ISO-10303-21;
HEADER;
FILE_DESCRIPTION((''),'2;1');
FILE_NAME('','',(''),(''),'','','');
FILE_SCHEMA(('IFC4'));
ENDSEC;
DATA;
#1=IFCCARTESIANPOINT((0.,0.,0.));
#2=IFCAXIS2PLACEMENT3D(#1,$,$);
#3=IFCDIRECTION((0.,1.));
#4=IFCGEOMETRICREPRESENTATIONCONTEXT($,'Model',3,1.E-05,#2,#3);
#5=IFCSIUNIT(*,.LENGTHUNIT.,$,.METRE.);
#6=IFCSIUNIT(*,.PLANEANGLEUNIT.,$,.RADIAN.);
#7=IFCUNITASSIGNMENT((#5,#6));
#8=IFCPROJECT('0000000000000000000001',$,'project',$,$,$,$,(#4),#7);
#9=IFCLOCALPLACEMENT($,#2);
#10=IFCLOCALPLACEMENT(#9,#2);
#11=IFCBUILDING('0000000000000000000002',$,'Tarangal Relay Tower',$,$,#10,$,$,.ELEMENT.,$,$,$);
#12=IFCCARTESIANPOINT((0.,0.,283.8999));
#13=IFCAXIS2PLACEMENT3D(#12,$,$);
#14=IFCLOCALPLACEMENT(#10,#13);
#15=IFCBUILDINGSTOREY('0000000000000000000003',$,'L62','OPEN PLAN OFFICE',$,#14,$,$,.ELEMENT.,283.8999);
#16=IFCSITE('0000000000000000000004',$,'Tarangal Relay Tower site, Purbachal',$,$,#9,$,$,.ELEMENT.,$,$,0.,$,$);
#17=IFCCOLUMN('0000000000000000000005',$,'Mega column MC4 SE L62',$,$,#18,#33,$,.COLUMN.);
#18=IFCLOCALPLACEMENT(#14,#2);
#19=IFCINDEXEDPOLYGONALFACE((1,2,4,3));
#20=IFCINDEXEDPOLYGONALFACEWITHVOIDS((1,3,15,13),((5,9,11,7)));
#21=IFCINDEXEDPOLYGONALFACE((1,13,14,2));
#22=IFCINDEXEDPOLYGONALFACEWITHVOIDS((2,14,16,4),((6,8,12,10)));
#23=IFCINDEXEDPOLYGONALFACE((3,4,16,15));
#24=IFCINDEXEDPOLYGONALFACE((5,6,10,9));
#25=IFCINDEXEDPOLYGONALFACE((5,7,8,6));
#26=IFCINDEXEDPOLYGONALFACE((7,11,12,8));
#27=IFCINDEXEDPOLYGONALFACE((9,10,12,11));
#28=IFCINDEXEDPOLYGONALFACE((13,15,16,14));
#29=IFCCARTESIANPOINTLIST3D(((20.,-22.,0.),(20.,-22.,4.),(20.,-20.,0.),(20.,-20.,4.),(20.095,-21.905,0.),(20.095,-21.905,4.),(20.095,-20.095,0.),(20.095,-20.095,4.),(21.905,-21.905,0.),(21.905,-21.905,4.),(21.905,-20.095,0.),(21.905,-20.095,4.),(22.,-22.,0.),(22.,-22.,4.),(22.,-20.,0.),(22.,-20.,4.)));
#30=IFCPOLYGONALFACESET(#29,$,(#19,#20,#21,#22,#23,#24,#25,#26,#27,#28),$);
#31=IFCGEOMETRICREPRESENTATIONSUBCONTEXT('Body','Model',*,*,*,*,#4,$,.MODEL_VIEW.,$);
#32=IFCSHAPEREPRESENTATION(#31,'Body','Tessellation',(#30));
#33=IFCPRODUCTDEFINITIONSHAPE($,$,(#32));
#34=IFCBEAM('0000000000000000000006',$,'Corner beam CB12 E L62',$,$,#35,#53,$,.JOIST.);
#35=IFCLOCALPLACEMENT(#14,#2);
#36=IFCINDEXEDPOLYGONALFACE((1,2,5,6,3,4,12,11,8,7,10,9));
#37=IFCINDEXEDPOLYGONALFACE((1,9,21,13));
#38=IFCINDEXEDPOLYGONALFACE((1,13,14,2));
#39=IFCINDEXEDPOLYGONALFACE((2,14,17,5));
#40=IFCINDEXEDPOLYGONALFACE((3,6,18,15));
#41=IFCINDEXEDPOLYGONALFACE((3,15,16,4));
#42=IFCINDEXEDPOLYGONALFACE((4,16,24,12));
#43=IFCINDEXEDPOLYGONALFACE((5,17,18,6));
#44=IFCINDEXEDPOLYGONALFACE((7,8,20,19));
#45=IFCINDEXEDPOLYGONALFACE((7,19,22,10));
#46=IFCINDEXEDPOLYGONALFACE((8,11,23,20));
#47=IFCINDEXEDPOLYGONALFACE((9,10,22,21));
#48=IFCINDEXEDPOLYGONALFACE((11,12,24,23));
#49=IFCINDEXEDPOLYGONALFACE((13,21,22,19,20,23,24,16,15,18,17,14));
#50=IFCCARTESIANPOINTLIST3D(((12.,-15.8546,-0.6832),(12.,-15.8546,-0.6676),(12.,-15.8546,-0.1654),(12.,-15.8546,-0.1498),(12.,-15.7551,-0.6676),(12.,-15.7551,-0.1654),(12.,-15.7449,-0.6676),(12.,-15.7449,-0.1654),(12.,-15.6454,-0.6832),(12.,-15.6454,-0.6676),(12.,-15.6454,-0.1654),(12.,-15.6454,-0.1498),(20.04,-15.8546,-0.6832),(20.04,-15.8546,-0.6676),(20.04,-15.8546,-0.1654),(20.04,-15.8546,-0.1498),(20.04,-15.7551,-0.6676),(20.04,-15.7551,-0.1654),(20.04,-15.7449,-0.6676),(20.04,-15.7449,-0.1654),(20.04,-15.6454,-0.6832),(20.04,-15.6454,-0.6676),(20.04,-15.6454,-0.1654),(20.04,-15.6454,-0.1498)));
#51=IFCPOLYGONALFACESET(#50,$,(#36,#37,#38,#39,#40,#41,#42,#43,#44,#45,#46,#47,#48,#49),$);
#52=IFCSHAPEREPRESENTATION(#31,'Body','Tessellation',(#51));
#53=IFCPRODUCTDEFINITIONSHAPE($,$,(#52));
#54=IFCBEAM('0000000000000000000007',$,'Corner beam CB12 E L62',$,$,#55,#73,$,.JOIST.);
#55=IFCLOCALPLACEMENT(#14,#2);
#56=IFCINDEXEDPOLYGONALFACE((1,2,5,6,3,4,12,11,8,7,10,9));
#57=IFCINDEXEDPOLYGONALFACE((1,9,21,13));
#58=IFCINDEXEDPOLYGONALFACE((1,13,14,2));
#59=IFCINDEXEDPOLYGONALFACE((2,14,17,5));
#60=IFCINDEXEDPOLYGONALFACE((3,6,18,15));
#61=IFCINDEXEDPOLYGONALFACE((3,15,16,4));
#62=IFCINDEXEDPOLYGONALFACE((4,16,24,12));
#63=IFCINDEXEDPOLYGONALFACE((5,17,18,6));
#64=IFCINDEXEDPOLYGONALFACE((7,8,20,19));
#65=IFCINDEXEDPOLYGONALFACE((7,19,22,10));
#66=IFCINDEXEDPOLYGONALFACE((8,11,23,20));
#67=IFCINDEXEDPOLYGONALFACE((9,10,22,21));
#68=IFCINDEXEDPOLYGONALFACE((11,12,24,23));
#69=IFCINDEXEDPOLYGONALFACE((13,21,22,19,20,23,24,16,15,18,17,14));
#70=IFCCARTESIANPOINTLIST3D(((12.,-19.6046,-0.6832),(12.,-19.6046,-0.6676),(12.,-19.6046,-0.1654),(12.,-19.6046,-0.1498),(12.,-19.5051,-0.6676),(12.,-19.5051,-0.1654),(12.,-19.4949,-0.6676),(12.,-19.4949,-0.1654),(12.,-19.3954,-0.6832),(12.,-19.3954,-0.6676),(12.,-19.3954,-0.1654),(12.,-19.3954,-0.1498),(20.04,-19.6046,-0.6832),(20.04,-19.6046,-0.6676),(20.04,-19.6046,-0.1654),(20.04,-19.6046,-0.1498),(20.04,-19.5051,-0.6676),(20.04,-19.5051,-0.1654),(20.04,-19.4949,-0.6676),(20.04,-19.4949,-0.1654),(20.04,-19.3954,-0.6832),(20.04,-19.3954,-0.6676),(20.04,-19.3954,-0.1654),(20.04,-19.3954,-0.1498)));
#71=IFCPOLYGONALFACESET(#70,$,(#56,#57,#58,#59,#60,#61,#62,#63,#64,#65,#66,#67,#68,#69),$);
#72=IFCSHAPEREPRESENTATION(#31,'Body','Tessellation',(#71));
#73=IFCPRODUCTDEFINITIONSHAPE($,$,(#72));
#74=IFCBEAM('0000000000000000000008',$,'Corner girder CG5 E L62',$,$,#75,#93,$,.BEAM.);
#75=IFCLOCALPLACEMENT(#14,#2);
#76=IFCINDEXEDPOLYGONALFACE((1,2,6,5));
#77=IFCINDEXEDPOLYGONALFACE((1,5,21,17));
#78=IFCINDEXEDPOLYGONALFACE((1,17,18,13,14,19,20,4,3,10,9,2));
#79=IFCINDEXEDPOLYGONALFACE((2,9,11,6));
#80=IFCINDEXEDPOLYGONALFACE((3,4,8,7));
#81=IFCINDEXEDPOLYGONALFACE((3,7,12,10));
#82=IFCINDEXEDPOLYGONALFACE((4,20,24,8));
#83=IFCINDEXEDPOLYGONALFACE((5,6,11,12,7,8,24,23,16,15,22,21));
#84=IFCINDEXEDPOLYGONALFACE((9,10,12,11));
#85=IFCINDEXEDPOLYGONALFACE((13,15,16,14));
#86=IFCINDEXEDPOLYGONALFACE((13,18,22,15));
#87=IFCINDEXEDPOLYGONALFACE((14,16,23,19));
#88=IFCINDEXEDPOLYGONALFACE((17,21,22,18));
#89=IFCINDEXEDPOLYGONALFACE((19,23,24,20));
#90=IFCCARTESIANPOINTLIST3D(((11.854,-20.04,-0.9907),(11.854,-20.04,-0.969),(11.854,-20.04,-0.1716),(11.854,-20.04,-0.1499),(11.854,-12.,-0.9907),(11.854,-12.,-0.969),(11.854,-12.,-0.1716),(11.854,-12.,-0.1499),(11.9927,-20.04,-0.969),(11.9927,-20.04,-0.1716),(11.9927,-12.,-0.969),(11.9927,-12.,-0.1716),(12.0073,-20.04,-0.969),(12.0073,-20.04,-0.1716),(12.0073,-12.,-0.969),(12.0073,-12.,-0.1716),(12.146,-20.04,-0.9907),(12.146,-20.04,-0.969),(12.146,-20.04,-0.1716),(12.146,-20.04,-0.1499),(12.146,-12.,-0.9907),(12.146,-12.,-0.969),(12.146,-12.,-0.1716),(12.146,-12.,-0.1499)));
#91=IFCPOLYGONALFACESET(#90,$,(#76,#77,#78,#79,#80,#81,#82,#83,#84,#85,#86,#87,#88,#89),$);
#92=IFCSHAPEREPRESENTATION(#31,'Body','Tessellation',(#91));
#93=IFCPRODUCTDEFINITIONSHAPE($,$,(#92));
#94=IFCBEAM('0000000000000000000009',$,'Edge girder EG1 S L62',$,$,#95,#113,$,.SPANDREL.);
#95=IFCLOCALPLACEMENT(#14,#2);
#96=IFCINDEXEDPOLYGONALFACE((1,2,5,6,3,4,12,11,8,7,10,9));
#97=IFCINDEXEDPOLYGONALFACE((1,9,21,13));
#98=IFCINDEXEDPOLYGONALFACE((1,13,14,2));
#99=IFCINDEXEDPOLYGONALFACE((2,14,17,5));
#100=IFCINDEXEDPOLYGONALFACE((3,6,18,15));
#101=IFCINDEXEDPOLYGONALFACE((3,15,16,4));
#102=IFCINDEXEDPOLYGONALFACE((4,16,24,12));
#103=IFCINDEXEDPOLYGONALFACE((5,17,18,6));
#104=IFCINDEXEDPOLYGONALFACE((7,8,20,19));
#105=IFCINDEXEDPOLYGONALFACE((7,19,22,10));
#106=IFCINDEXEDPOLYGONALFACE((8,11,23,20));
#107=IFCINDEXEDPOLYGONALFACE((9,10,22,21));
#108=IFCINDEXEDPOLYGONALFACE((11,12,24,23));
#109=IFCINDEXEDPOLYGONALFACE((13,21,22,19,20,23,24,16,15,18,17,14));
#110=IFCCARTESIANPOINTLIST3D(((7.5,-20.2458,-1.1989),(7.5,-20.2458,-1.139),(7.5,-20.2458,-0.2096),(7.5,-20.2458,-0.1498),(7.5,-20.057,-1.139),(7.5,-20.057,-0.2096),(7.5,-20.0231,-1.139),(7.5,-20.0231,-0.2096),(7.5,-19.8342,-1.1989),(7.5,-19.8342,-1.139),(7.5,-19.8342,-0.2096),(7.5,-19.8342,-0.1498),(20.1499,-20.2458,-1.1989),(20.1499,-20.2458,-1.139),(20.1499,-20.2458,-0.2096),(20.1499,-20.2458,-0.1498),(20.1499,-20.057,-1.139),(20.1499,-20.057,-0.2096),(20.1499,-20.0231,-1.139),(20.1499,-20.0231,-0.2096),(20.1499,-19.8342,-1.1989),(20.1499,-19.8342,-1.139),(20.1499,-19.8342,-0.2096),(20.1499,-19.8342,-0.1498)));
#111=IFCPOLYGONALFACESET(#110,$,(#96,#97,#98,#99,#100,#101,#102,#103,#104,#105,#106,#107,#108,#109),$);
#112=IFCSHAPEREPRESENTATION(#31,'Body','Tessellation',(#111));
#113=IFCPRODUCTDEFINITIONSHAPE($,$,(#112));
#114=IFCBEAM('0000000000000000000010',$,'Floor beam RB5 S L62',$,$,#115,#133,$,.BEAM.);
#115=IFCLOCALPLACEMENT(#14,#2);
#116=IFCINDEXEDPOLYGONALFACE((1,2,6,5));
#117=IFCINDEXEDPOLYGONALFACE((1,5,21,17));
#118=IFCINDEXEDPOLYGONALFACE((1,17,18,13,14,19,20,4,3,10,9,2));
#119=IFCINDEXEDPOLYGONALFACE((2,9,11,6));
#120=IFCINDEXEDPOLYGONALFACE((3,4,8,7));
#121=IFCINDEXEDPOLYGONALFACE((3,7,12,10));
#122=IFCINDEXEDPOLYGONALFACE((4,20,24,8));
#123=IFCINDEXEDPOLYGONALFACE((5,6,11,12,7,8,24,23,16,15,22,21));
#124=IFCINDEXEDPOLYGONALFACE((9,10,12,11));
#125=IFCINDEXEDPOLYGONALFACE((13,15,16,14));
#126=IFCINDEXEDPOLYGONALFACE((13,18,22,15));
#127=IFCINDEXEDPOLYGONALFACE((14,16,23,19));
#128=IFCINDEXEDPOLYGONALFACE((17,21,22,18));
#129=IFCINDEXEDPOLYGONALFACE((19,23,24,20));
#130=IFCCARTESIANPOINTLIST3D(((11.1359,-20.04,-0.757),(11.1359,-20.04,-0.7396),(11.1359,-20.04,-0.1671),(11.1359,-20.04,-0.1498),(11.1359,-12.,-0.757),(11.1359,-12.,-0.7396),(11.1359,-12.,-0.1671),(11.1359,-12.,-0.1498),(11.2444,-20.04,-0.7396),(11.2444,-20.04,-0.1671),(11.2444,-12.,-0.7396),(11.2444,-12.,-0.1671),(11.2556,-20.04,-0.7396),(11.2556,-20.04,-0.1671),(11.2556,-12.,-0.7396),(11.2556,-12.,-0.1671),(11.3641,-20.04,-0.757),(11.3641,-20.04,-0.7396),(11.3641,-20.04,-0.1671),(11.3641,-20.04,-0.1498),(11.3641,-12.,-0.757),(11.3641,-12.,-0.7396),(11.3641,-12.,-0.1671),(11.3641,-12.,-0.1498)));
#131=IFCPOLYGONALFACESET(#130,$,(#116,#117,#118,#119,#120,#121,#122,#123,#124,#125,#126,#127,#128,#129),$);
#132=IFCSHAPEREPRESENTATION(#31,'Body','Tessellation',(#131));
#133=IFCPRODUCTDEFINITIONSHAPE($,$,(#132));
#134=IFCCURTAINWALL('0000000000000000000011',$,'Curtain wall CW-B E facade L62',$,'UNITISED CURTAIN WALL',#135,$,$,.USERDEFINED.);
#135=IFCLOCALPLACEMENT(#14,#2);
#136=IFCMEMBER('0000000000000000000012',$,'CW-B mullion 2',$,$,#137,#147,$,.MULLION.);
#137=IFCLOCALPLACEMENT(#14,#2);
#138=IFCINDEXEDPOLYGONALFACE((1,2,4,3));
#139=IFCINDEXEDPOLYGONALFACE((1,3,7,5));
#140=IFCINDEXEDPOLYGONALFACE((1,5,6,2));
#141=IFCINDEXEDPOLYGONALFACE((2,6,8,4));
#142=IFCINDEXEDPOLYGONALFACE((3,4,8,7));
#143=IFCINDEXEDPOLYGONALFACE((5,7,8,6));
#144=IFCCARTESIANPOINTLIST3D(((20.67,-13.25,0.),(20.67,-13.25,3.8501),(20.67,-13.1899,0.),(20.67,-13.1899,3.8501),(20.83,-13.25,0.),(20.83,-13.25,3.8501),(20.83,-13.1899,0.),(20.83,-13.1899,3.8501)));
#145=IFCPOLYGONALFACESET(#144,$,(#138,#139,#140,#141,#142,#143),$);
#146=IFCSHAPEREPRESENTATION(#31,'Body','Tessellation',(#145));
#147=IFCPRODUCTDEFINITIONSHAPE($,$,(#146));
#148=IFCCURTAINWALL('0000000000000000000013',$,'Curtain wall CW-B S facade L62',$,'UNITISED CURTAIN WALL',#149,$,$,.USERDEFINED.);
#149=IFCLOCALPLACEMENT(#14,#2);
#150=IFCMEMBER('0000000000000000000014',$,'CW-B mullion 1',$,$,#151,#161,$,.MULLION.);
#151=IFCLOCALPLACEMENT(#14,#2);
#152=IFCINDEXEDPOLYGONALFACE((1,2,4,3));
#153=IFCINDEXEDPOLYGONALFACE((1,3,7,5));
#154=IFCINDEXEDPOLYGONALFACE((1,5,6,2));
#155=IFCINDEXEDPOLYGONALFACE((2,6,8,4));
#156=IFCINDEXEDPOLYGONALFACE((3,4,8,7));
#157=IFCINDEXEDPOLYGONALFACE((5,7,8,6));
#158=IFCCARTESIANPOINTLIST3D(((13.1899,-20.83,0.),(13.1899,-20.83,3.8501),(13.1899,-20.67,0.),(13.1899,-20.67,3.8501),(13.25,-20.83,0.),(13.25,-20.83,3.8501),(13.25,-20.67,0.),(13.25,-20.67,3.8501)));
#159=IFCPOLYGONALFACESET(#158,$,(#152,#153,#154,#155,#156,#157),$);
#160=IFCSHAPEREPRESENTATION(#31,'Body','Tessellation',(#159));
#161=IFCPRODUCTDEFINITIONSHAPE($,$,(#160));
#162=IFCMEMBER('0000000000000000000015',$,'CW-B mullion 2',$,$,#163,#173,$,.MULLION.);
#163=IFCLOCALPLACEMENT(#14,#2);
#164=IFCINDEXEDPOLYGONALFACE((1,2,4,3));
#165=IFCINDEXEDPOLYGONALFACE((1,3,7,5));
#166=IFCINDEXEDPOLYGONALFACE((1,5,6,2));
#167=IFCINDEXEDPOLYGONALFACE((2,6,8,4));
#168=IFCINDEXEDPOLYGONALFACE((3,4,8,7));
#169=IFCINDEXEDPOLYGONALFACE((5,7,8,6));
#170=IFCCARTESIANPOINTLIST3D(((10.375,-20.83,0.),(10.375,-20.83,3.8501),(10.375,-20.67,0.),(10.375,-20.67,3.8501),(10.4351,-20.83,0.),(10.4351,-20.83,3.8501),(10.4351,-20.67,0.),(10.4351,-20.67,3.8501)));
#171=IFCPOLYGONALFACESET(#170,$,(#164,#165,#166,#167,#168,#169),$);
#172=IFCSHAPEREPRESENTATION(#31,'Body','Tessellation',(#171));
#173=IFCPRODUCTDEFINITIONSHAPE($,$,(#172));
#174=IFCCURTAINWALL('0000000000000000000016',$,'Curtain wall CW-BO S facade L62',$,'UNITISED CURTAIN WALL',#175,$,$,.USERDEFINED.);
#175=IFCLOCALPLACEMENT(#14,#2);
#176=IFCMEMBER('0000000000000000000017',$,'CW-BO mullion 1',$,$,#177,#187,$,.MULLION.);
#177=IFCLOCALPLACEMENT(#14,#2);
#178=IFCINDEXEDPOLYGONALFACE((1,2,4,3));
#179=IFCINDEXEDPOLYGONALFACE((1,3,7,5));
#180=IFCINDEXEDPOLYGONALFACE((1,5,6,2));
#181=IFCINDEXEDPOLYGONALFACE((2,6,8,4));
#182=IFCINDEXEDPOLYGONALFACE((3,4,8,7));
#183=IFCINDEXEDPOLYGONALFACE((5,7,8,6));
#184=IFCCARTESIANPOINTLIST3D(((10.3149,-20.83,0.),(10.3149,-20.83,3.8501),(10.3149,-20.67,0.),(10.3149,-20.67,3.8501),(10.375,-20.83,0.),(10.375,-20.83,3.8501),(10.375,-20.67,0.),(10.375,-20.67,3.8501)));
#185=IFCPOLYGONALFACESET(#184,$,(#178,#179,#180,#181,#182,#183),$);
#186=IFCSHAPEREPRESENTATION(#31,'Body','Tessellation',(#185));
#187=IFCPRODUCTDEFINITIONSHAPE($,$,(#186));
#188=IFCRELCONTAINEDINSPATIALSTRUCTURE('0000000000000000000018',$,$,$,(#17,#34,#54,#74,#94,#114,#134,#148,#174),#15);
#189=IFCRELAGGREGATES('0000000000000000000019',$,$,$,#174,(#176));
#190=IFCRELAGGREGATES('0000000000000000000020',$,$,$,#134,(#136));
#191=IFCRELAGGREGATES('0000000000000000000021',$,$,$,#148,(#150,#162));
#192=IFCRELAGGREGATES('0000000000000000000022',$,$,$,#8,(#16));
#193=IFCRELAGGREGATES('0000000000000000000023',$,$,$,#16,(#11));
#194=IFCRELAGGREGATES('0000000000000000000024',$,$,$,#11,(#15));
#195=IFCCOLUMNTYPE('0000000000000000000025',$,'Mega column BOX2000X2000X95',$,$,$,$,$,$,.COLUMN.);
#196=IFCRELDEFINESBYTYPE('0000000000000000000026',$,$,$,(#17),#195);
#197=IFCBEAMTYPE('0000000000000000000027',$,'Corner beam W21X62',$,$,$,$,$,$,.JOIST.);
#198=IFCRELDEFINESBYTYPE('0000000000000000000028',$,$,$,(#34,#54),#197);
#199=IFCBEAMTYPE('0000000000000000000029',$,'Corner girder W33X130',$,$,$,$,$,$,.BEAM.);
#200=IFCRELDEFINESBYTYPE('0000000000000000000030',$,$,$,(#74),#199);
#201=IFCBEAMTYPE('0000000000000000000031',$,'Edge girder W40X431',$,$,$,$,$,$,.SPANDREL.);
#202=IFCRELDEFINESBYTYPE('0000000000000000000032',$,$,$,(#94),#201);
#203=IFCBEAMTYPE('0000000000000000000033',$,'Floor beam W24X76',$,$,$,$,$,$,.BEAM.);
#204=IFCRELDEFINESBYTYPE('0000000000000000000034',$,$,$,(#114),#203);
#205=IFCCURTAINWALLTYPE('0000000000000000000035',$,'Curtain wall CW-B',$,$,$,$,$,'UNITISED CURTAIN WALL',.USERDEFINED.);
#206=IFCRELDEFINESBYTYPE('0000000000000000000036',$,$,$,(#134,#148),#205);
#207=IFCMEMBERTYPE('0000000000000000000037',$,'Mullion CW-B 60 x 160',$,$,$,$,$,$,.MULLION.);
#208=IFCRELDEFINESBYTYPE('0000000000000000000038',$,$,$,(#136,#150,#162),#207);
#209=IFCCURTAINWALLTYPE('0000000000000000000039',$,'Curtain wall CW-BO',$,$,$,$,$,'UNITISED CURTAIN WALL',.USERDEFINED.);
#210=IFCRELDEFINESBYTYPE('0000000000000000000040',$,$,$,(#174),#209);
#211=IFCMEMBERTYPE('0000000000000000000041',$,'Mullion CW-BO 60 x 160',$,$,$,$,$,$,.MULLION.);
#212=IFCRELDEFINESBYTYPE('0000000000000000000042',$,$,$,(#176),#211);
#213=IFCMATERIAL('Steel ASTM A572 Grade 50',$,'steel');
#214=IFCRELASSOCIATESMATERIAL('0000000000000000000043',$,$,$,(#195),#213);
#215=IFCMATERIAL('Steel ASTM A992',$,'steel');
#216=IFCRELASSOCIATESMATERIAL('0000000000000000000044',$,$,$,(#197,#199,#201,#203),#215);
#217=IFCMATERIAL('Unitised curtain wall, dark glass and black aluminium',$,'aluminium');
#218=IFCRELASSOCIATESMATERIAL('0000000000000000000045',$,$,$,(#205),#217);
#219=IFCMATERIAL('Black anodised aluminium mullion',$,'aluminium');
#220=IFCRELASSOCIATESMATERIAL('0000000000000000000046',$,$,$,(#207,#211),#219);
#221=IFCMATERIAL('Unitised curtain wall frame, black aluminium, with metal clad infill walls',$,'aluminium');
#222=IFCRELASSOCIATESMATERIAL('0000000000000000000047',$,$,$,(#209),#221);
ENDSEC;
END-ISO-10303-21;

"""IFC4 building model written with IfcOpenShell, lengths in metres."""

from ifc_helpers import new_model, si_unit, direction, frame, origin, origin_2d, place, context, subcontext, project, spatial, rectangle, hollow_rectangle, i_section, extrude, material, material_profile, profile_set, type_object, element, aggregate, save


model = new_model("IFC4")

# Units and contexts
model_context = context("Model", 3, precision=1e-05, world=origin(), true_north=direction((0.0, 1.0)))
body_context = subcontext(model_context, "Body", "Model", "MODEL_VIEW")
ifc_project = project(units=[si_unit("LENGTHUNIT", "METRE"), si_unit("PLANEANGLEUNIT", "RADIAN")], contexts=[model_context])

# Site, building, storey
site_placement = place(None, origin())
site = spatial("IfcSite", under=ifc_project, at=site_placement, Name="Tarangal Relay Tower site, Purbachal", CompositionType="ELEMENT", RefElevation=0.0)
building_placement = place(site_placement, origin())
building = spatial("IfcBuilding", under=site, at=building_placement, Name="Tarangal Relay Tower", CompositionType="ELEMENT")
storey_placement = place(building_placement, frame((0.0, 0.0, 283.8999)))
storey = spatial("IfcBuildingStorey", under=building, at=storey_placement, Name="L62", Description="OPEN PLAN OFFICE", CompositionType="ELEMENT", Elevation=283.8999)

# Column
ifc_material_1 = material(Name="Steel ASTM A572 Grade 50", Category="steel")
ifc_material_profile_1 = material_profile(ifc_material_1, hollow_rectangle(XDim=2.0, YDim=2.0, WallThickness=0.095, at=origin_2d()), Name="BOX2000X2000X95")
ifc_profile_set_1 = profile_set([ifc_material_profile_1], Name="Steel ASTM A572 Grade 50")
column_type = type_object("IfcColumnType", Name="Mega column BOX2000X2000X95", PredefinedType="COLUMN", material=ifc_profile_set_1)
column_placement = place(storey_placement, frame((21.0, -21.0, 0.0), z_axis=(0.0, 0.0, 1.0), x_axis=(1.0, 0.0, 0.0)))
element("IfcColumn", 1, at=column_placement, inside=storey, type_object=column_type, Name="Mega column MC4 SE L62", PredefinedType="COLUMN", context=body_context, shape_type="SweptSolid", body=[
    extrude(hollow_rectangle(XDim=2.0, YDim=2.0, WallThickness=0.095, at=origin_2d()), origin(), (0.0, 0.0, 1.0), 4.0),
])

# Beams
ifc_material_2 = material(Name="Steel ASTM A992", Category="steel")
ifc_material_profile_2 = material_profile(ifc_material_2, i_section(OverallWidth=0.2092, OverallDepth=0.5334, WebThickness=0.0103, FlangeThickness=0.0156, at=origin_2d()), Name="W21X62")
ifc_profile_set_2 = profile_set([ifc_material_profile_2], Name="Steel ASTM A992")
beam_type_1 = type_object("IfcBeamType", Name="Corner beam W21X62", PredefinedType="JOIST", material=ifc_profile_set_2)
for number, where, z_axis, x_axis, name in (
    (2, (12.0, -15.75, -0.4165), (1.0, 0.0, 0.0), (0.0, 1.0, 0.0), "Corner beam CB12 E L62"),
    (3, (12.0, -19.5, -0.4165), (1.0, 0.0, 0.0), (0.0, 1.0, 0.0), "Corner beam CB12 E L62"),
):
    element("IfcBeam", number, at=place(storey_placement, frame(where, z_axis=z_axis, x_axis=x_axis)), inside=storey, type_object=beam_type_1, Name=name, PredefinedType="JOIST", context=body_context, shape_type="SweptSolid", body=[
        extrude(i_section(OverallWidth=0.2092, OverallDepth=0.5334, WebThickness=0.0103, FlangeThickness=0.0156, at=origin_2d()), origin(), (0.0, 0.0, 1.0), 8.04),
    ])
ifc_material_profile_3 = material_profile(ifc_material_2, i_section(OverallWidth=0.292, OverallDepth=0.8408, WebThickness=0.0146, FlangeThickness=0.0217, at=origin_2d()), Name="W33X130")
ifc_profile_set_3 = profile_set([ifc_material_profile_3], Name="Steel ASTM A992")
beam_type_2 = type_object("IfcBeamType", Name="Corner girder W33X130", PredefinedType="BEAM", material=ifc_profile_set_3)
beam_1_placement = place(storey_placement, frame((12.0, -12.0, -0.5703), z_axis=(0.0, -1.0, 0.0), x_axis=(1.0, 0.0, 0.0)))
element("IfcBeam", 4, at=beam_1_placement, inside=storey, type_object=beam_type_2, Name="Corner girder CG5 E L62", PredefinedType="BEAM", context=body_context, shape_type="SweptSolid", body=[
    extrude(i_section(OverallWidth=0.292, OverallDepth=0.8408, WebThickness=0.0146, FlangeThickness=0.0217, at=origin_2d()), origin(), (0.0, 0.0, 1.0), 8.04),
])
ifc_material_profile_4 = material_profile(ifc_material_2, i_section(OverallWidth=0.4116, OverallDepth=1.0491, WebThickness=0.0339, FlangeThickness=0.0598, at=origin_2d()), Name="W40X431")
ifc_profile_set_4 = profile_set([ifc_material_profile_4], Name="Steel ASTM A992")
beam_type_3 = type_object("IfcBeamType", Name="Edge girder W40X431", PredefinedType="SPANDREL", material=ifc_profile_set_4)
beam_2_placement = place(storey_placement, frame((20.1499, -20.04, -0.6743), z_axis=(-1.0, 0.0, 0.0), x_axis=(0.0, -1.0, 0.0)))
element("IfcBeam", 5, at=beam_2_placement, inside=storey, type_object=beam_type_3, Name="Edge girder EG1 S L62", PredefinedType="SPANDREL", context=body_context, shape_type="SweptSolid", body=[
    extrude(i_section(OverallWidth=0.4116, OverallDepth=1.0491, WebThickness=0.0339, FlangeThickness=0.0598, at=origin_2d()), origin(), (0.0, 0.0, 1.0), 12.6499),
])
ifc_material_profile_5 = material_profile(ifc_material_2, i_section(OverallWidth=0.2283, OverallDepth=0.6072, WebThickness=0.0112, FlangeThickness=0.0173, at=origin_2d()), Name="W24X76")
ifc_profile_set_5 = profile_set([ifc_material_profile_5], Name="Steel ASTM A992")
beam_type_4 = type_object("IfcBeamType", Name="Floor beam W24X76", PredefinedType="BEAM", material=ifc_profile_set_5)
beam_3_placement = place(storey_placement, frame((11.25, -12.0, -0.4534), z_axis=(0.0, -1.0, 0.0), x_axis=(1.0, 0.0, 0.0)))
element("IfcBeam", 6, at=beam_3_placement, inside=storey, type_object=beam_type_4, Name="Floor beam RB5 S L62", PredefinedType="BEAM", context=body_context, shape_type="SweptSolid", body=[
    extrude(i_section(OverallWidth=0.2283, OverallDepth=0.6072, WebThickness=0.0112, FlangeThickness=0.0173, at=origin_2d()), origin(), (0.0, 0.0, 1.0), 8.04),
])

# Curtain wall, member
ifc_material_3 = material(Name="Unitised curtain wall, dark glass and black aluminium", Category="aluminium")
curtain_wall_type_1 = type_object("IfcCurtainWallType", Name="Curtain wall CW-B", ElementType="UNITISED CURTAIN WALL", PredefinedType="USERDEFINED", material=ifc_material_3)
curtain_wall_1_placement = place(storey_placement, origin())
curtain_wall_1 = element("IfcCurtainWall", 7, at=curtain_wall_1_placement, inside=storey, type_object=curtain_wall_type_1, Name="Curtain wall CW-B E facade L62", ObjectType="UNITISED CURTAIN WALL", PredefinedType="USERDEFINED")
ifc_material_4 = material(Name="Black anodised aluminium mullion", Category="aluminium")
ifc_material_profile_6 = material_profile(ifc_material_4, rectangle(XDim=0.1599, YDim=0.0601, at=origin_2d()), Name="CW-BM 60X160")
ifc_profile_set_6 = profile_set([ifc_material_profile_6], Name="Black anodised aluminium mullion")
member_type_1 = type_object("IfcMemberType", Name="Mullion CW-B 60 x 160", PredefinedType="MULLION", material=ifc_profile_set_6)
member_1_placement = place(storey_placement, frame((20.75, -13.22, 0.0), z_axis=(0.0, 0.0, 1.0), x_axis=(1.0, 0.0, 0.0)))
member_1 = element("IfcMember", 8, at=member_1_placement, type_object=member_type_1, Name="CW-B mullion 2", PredefinedType="MULLION", context=body_context, shape_type="SweptSolid", body=[
    extrude(rectangle(XDim=0.1599, YDim=0.0601, at=origin_2d()), origin(), (0.0, 0.0, 1.0), 3.8501),
])

# Curtain wall, members
curtain_wall_2_placement = place(storey_placement, origin())
curtain_wall_2 = element("IfcCurtainWall", 9, at=curtain_wall_2_placement, inside=storey, type_object=curtain_wall_type_1, Name="Curtain wall CW-B S facade L62", ObjectType="UNITISED CURTAIN WALL", PredefinedType="USERDEFINED")
member_2_placement = place(storey_placement, frame((13.22, -20.75, 0.0), z_axis=(0.0, 0.0, 1.0), x_axis=(0.0, -1.0, 0.0)))
member_2 = element("IfcMember", 10, at=member_2_placement, type_object=member_type_1, Name="CW-B mullion 1", PredefinedType="MULLION", context=body_context, shape_type="SweptSolid", body=[
    extrude(rectangle(XDim=0.1599, YDim=0.0601, at=origin_2d()), origin(), (0.0, 0.0, 1.0), 3.8501),
])
member_3_placement = place(storey_placement, frame((10.405, -20.75, 0.0), z_axis=(0.0, 0.0, 1.0), x_axis=(0.0, -1.0, 0.0)))
member_3 = element("IfcMember", 11, at=member_3_placement, type_object=member_type_1, Name="CW-B mullion 2", PredefinedType="MULLION", context=body_context, shape_type="SweptSolid", body=[
    extrude(rectangle(XDim=0.1599, YDim=0.0601, at=origin_2d()), origin(), (0.0, 0.0, 1.0), 3.8501),
])

# Curtain wall, member
ifc_material_5 = material(Name="Unitised curtain wall frame, black aluminium, with metal clad infill walls", Category="aluminium")
curtain_wall_type_2 = type_object("IfcCurtainWallType", Name="Curtain wall CW-BO", ElementType="UNITISED CURTAIN WALL", PredefinedType="USERDEFINED", material=ifc_material_5)
curtain_wall_3_placement = place(storey_placement, origin())
curtain_wall_3 = element("IfcCurtainWall", 12, at=curtain_wall_3_placement, inside=storey, type_object=curtain_wall_type_2, Name="Curtain wall CW-BO S facade L62", ObjectType="UNITISED CURTAIN WALL", PredefinedType="USERDEFINED")
ifc_material_profile_7 = material_profile(ifc_material_4, rectangle(XDim=0.1599, YDim=0.0601, at=origin_2d()), Name="CW-BOM 60X160")
ifc_profile_set_7 = profile_set([ifc_material_profile_7], Name="Black anodised aluminium mullion")
member_type_2 = type_object("IfcMemberType", Name="Mullion CW-BO 60 x 160", PredefinedType="MULLION", material=ifc_profile_set_7)
member_4_placement = place(storey_placement, frame((10.345, -20.75, 0.0), z_axis=(0.0, 0.0, 1.0), x_axis=(0.0, -1.0, 0.0)))
member_4 = element("IfcMember", 13, at=member_4_placement, type_object=member_type_2, Name="CW-BO mullion 1", PredefinedType="MULLION", context=body_context, shape_type="SweptSolid", body=[
    extrude(rectangle(XDim=0.1599, YDim=0.0601, at=origin_2d()), origin(), (0.0, 0.0, 1.0), 3.8501),
])
aggregate(curtain_wall_3, [member_4])

aggregate(curtain_wall_1, [member_1])
aggregate(curtain_wall_2, [member_2, member_3])

save(model, "model.ifc")
